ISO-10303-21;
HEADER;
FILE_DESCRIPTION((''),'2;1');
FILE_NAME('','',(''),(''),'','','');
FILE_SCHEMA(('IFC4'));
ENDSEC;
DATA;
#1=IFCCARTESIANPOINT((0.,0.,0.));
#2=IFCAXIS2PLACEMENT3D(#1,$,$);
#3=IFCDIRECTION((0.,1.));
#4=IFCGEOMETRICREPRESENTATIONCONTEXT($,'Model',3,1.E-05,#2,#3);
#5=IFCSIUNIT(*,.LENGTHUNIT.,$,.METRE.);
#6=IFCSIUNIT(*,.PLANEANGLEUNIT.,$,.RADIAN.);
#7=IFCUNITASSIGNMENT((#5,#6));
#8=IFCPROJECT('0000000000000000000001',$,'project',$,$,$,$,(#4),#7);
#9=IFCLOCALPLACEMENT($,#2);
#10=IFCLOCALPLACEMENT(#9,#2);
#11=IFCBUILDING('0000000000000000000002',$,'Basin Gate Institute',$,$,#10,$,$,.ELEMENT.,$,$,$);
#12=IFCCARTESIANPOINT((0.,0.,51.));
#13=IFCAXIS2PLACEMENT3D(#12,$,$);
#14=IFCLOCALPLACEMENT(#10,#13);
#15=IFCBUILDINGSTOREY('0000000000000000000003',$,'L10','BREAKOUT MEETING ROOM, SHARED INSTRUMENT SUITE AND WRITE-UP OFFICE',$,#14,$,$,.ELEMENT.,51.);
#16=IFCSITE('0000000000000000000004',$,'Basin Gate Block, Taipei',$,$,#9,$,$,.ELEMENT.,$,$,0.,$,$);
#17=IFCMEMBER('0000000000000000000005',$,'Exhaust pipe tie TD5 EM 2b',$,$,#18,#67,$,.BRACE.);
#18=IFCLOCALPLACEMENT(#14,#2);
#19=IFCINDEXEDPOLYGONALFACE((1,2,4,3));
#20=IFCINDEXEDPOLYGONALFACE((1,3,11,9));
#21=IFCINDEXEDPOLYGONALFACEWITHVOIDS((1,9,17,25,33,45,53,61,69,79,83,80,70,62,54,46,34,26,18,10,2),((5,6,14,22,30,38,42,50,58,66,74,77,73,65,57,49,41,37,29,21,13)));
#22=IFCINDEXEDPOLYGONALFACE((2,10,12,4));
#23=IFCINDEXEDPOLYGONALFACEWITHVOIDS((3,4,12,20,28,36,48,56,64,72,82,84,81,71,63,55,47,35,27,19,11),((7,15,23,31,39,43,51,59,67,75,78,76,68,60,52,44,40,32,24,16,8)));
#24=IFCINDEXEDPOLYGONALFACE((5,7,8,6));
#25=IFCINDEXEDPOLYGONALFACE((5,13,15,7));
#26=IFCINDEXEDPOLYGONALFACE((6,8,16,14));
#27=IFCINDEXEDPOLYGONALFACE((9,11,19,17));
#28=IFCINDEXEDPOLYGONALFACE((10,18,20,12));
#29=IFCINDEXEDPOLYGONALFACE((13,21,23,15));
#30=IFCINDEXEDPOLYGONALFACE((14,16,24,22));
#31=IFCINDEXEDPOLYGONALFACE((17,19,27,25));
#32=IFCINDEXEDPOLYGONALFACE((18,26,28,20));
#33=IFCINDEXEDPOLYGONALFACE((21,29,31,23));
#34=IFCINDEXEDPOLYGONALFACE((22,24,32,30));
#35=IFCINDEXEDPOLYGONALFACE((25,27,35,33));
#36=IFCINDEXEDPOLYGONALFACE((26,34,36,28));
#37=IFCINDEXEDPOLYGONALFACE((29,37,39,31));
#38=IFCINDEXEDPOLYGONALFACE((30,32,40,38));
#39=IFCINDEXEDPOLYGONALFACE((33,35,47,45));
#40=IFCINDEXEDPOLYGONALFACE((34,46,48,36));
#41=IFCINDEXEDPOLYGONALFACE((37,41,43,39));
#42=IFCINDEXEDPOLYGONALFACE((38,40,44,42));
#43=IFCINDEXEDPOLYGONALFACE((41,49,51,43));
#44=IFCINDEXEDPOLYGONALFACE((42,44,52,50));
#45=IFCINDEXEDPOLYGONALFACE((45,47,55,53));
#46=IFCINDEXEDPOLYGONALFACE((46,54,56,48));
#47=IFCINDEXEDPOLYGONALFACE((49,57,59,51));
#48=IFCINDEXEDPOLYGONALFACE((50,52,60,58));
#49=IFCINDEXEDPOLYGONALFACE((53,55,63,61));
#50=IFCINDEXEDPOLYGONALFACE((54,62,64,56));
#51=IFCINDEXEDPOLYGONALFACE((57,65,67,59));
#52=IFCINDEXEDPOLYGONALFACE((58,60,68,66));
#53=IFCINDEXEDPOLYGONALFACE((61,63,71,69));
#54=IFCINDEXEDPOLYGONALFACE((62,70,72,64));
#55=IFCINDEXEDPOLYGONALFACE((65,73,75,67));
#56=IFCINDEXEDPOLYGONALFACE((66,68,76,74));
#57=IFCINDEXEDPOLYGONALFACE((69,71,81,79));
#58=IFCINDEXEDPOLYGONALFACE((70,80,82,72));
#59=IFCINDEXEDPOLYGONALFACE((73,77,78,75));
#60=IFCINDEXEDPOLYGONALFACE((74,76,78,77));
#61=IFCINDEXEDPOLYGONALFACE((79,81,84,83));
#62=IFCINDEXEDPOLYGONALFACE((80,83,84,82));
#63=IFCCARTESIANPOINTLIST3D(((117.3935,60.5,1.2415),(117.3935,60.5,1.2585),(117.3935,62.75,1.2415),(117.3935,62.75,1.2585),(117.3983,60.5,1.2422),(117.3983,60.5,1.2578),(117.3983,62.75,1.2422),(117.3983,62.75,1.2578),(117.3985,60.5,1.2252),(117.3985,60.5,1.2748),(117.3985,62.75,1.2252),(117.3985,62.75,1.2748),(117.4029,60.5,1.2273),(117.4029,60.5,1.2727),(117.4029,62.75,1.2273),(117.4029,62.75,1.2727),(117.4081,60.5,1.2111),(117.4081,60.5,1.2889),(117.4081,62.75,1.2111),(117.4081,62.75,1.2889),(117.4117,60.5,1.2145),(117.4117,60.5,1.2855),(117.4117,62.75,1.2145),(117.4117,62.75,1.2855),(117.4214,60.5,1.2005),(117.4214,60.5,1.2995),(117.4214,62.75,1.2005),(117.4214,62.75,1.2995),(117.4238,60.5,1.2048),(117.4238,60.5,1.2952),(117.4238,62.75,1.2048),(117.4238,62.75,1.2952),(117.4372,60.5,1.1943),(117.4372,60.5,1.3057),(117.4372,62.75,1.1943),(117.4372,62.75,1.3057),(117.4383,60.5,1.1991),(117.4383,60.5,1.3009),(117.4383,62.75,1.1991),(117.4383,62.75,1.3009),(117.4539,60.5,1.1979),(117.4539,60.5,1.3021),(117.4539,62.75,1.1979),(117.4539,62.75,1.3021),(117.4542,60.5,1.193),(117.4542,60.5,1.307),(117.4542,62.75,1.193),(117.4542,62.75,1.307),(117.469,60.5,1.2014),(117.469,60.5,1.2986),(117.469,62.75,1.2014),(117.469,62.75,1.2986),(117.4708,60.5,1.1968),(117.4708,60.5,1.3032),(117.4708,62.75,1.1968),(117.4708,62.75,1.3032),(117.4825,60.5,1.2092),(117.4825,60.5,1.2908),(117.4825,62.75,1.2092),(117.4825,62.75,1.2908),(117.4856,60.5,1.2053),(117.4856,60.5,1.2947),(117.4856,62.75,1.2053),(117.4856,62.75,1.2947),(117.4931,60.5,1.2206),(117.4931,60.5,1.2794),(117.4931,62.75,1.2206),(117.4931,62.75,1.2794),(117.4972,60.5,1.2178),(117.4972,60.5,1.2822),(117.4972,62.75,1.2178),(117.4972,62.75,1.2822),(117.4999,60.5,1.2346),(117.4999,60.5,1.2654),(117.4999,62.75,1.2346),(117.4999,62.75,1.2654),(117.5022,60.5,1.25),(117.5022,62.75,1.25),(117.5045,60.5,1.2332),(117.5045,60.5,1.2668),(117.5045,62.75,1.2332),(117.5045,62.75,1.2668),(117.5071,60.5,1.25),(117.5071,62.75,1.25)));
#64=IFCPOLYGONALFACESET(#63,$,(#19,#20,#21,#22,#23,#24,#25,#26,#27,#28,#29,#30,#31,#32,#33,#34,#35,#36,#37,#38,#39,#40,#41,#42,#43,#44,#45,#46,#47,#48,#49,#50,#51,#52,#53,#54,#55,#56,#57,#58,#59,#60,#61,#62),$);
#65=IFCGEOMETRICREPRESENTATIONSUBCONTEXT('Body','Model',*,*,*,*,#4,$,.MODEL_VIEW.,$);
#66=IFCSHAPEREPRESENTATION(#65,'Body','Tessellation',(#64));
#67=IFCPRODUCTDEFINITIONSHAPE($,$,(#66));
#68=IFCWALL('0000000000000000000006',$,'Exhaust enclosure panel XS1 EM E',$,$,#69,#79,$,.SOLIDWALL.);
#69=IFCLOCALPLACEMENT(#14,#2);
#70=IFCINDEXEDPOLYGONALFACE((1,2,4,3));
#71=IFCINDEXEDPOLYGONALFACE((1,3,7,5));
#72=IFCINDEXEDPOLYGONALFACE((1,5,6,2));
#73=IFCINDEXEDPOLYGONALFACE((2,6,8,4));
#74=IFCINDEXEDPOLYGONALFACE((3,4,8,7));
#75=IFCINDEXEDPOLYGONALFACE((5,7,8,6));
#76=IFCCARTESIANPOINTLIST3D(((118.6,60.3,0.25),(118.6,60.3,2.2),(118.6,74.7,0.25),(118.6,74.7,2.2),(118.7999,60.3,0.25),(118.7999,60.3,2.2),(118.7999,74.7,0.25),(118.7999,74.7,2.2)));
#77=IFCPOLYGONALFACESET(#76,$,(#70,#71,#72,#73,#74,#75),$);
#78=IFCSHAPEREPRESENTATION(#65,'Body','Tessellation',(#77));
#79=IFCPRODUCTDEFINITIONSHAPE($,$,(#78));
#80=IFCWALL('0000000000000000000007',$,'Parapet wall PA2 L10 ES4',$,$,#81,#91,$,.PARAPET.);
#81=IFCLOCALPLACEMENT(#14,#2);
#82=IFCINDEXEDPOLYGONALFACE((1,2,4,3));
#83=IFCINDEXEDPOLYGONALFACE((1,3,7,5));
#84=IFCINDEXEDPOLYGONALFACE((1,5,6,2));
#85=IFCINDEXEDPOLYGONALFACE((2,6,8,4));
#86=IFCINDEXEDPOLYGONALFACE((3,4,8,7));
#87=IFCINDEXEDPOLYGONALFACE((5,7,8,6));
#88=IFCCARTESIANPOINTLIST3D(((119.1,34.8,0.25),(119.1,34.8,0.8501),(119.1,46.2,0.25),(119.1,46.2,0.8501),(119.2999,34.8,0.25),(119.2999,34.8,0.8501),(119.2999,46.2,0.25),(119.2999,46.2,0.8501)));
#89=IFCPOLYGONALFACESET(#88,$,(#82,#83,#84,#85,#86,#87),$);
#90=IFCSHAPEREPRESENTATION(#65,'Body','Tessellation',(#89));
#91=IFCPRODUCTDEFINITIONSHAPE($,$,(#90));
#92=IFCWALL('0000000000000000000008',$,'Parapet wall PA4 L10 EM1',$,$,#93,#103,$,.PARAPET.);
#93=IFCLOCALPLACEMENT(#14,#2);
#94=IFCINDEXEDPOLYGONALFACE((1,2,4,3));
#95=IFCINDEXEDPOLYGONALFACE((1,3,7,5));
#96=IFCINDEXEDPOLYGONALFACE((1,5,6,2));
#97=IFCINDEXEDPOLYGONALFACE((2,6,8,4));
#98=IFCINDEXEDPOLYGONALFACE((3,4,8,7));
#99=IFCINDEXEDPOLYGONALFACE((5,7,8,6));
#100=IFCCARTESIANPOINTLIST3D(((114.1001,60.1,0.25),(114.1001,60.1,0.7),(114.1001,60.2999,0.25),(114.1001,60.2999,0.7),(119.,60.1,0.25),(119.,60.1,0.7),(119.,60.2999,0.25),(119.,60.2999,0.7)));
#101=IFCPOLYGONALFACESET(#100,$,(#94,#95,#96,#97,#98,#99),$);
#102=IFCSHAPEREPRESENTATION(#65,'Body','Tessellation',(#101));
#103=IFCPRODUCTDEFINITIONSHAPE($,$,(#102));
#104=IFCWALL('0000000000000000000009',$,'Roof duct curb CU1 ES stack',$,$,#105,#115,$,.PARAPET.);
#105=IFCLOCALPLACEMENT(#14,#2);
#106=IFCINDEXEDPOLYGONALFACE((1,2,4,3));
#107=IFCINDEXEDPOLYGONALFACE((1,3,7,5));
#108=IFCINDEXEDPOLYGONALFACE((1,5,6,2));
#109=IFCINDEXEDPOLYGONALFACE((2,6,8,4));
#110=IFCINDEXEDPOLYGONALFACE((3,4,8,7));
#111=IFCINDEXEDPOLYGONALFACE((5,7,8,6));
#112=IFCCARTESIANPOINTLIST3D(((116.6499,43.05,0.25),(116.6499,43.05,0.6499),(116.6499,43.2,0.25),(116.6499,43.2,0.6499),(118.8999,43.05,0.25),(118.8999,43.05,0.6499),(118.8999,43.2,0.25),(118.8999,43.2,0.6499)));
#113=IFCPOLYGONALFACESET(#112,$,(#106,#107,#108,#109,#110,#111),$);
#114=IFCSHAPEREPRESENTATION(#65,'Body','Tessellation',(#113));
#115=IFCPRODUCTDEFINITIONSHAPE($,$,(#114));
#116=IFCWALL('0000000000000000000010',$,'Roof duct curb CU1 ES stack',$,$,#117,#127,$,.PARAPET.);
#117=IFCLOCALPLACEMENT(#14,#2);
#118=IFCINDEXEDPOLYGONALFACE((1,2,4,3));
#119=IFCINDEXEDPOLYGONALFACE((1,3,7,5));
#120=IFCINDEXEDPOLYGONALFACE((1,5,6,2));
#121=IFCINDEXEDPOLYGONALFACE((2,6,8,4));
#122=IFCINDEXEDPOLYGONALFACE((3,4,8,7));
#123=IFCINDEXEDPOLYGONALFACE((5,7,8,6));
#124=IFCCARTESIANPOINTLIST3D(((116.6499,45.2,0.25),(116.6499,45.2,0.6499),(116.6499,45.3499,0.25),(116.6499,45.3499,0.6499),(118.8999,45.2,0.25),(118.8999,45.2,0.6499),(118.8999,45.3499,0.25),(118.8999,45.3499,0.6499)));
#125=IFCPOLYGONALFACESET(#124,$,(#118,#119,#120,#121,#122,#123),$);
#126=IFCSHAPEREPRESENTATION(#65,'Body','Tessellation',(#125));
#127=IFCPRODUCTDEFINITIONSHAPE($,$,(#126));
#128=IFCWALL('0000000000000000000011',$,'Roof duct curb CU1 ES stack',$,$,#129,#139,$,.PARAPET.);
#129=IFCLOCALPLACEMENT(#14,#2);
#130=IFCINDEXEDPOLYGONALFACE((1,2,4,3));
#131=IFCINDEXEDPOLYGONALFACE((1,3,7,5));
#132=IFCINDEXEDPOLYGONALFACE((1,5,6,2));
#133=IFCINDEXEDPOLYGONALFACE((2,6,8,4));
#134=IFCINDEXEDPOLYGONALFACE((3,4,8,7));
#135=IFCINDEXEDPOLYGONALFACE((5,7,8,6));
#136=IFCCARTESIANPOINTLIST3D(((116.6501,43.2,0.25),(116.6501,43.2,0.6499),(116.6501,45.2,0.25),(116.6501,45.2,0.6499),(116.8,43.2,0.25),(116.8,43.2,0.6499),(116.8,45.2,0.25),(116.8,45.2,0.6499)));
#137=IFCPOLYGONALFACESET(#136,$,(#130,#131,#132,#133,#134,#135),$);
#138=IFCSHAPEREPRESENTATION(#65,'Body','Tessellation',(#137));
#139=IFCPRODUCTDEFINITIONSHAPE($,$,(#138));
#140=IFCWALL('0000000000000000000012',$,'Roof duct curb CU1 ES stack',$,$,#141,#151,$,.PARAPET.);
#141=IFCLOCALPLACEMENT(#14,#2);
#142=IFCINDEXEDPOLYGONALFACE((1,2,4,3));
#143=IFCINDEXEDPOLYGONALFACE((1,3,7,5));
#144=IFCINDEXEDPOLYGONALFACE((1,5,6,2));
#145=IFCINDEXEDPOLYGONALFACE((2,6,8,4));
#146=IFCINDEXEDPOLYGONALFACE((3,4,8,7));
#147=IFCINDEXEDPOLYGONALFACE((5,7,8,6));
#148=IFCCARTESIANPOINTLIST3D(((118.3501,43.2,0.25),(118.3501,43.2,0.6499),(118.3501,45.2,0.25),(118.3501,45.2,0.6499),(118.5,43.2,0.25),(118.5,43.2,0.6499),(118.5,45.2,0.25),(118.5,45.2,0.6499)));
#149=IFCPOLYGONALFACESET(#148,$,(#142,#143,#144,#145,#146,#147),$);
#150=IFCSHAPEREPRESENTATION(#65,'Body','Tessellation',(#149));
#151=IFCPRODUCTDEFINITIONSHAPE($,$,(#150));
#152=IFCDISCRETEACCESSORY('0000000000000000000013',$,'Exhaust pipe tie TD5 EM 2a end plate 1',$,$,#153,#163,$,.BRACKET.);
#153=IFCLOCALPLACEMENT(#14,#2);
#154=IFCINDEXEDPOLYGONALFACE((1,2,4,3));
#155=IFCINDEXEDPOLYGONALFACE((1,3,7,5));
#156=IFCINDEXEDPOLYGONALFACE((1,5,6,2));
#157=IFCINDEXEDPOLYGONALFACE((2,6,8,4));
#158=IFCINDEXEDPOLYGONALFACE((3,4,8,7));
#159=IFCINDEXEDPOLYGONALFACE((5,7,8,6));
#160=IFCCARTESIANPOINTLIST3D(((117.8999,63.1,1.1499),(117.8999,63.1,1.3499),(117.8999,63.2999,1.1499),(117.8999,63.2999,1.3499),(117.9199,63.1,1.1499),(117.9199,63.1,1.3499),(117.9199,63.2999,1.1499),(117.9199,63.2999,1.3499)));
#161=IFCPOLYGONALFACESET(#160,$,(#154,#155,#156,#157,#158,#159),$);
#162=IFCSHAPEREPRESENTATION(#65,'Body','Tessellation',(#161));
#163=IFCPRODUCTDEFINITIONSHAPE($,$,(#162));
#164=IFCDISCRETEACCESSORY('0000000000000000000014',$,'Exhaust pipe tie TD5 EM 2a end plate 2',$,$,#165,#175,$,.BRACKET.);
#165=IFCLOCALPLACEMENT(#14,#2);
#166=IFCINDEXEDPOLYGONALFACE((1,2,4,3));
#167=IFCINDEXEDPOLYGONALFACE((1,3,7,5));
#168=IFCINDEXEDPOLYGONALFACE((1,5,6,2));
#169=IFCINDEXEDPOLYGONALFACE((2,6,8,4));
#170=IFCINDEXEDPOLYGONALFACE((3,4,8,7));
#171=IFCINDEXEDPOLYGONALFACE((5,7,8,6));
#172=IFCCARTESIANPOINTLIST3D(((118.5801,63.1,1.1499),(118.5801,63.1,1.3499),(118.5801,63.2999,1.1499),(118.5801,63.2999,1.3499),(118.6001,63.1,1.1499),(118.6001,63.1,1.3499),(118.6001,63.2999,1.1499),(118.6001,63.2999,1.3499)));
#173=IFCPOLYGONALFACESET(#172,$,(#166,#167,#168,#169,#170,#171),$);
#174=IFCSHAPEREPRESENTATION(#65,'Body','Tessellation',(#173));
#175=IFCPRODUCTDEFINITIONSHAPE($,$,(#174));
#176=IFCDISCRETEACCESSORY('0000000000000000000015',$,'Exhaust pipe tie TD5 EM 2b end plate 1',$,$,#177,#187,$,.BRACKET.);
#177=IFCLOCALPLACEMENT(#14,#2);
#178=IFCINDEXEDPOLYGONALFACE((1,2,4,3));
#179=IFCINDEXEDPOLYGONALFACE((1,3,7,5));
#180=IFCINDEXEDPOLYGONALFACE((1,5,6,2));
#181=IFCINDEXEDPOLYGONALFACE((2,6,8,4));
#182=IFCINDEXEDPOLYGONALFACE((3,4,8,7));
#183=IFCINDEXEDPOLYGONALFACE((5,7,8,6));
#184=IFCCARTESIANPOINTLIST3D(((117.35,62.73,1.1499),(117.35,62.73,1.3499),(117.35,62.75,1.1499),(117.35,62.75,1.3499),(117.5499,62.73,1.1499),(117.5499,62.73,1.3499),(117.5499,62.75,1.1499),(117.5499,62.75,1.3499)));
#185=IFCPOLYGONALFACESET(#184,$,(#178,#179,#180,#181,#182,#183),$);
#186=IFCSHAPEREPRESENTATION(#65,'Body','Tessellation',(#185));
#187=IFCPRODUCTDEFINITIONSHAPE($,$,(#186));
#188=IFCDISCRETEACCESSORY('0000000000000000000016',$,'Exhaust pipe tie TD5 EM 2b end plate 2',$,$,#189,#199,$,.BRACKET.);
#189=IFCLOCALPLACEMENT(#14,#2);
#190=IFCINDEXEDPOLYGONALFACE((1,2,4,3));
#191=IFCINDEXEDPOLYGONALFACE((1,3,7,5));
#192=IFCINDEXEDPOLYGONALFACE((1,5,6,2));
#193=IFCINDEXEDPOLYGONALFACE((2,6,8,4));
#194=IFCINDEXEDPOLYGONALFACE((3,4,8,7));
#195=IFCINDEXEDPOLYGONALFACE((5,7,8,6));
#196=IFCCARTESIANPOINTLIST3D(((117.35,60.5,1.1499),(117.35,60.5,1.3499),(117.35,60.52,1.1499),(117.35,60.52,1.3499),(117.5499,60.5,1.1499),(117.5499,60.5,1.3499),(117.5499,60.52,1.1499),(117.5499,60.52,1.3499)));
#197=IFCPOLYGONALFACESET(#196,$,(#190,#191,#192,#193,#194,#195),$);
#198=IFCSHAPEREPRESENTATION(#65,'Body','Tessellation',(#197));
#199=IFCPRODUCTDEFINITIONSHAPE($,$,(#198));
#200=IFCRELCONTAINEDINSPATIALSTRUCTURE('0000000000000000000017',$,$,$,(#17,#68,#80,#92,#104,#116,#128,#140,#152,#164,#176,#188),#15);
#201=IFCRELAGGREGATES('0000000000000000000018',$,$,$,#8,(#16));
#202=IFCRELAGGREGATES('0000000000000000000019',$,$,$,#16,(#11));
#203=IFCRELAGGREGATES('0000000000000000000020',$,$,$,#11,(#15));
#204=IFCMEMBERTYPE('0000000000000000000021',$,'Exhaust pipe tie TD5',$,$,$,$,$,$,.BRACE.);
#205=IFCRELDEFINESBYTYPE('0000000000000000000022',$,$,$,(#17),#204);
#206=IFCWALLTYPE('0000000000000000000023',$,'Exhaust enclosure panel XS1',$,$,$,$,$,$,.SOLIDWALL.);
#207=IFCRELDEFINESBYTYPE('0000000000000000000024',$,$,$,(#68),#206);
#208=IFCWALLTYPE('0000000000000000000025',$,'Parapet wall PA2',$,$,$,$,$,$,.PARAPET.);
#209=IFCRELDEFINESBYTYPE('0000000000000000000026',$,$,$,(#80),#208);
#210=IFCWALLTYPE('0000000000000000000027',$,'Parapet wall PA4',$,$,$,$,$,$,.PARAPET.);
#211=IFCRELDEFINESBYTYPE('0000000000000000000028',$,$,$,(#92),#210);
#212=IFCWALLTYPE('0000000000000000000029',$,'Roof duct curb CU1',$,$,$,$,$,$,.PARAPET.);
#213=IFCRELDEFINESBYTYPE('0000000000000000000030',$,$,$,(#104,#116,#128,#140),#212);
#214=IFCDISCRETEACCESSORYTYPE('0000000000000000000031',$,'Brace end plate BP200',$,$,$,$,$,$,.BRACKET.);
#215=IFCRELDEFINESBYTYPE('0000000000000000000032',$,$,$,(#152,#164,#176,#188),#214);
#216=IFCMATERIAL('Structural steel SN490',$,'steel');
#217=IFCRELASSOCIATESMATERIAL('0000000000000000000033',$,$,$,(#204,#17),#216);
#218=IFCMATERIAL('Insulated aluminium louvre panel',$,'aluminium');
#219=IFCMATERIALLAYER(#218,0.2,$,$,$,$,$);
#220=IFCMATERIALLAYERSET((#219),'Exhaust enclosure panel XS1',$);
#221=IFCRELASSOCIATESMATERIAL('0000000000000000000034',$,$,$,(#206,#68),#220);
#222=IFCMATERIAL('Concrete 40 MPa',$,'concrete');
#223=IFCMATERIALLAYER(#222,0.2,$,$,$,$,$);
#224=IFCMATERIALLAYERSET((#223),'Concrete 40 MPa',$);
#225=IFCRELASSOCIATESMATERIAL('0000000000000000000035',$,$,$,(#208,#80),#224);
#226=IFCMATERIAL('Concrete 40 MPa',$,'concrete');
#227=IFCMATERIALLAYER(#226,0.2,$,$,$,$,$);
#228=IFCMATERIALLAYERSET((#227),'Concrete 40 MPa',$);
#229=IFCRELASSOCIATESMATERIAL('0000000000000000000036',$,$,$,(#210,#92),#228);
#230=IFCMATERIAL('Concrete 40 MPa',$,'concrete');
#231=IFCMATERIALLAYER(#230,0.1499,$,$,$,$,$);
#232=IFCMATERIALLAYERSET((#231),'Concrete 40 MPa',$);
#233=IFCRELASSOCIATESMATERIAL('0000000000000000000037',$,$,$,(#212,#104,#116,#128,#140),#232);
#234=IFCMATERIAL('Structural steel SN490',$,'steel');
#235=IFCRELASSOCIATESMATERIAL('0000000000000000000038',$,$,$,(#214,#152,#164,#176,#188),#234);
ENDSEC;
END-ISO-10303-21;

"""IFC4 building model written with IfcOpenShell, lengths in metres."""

from ifc_helpers import new_model, si_unit, direction, frame, frame_2d, origin, origin_2d, place, context, subcontext, project, spatial, rectangle, hollow_circle, extrude, material, layer, layer_set, material_profile, profile_set, type_object, element, save


model = new_model("IFC4")

# Units and contexts
model_context = context("Model", 3, precision=1e-05, world=origin(), true_north=direction((0.0, 1.0)))
body_context = subcontext(model_context, "Body", "Model", "MODEL_VIEW")
ifc_project = project(units=[si_unit("LENGTHUNIT", "METRE"), si_unit("PLANEANGLEUNIT", "RADIAN")], contexts=[model_context])

# Site, building, storey
site_placement = place(None, origin())
site = spatial("IfcSite", under=ifc_project, at=site_placement, Name="Basin Gate Block, Taipei", CompositionType="ELEMENT", RefElevation=0.0)
building_placement = place(site_placement, origin())
building = spatial("IfcBuilding", under=site, at=building_placement, Name="Basin Gate Institute", CompositionType="ELEMENT")
storey_placement = place(building_placement, frame((0.0, 0.0, 51.0)))
storey = spatial("IfcBuildingStorey", under=building, at=storey_placement, Name="L10", Description="BREAKOUT MEETING ROOM, SHARED INSTRUMENT SUITE AND WRITE-UP OFFICE", CompositionType="ELEMENT", Elevation=51.0)

# Member
ifc_material_1 = material(Name="Structural steel SN490", Category="steel")
ifc_material_profile_1 = material_profile(ifc_material_1, hollow_circle(Radius=0.0571, WallThickness=0.0049, at=origin_2d()), Name="CHS114x5")
ifc_profile_set_1 = profile_set([ifc_material_profile_1], Name="Structural steel SN490")
member_type_1 = type_object("IfcMemberType", Name="Exhaust pipe tie TD5", PredefinedType="BRACE", material=ifc_profile_set_1)
member_1_placement = place(storey_placement, frame((117.45, 62.75, 1.25), z_axis=(0.0, -1.0, 0.0), x_axis=(1.0, 0.0, 0.0)))
element("IfcMember", 1, at=member_1_placement, inside=storey, type_object=member_type_1, material=ifc_profile_set_1, Name="Exhaust pipe tie TD5 EM 2b", PredefinedType="BRACE", context=body_context, shape_type="SweptSolid", body=[
    extrude(hollow_circle(Radius=0.0571, WallThickness=0.0049, at=origin_2d()), origin(), (0.0, 0.0, 1.0), 2.25),
])

# Walls
ifc_material_2 = material(Name="Insulated aluminium louvre panel", Category="aluminium")
ifc_layer_1 = layer(ifc_material_2, 0.2)
ifc_layer_set_1 = layer_set([ifc_layer_1], Name="Exhaust enclosure panel XS1")
wall_type_1 = type_object("IfcWallType", Name="Exhaust enclosure panel XS1", PredefinedType="SOLIDWALL", material=ifc_layer_set_1)
wall_1_placement = place(storey_placement, frame((118.7, 60.3, 0.25), z_axis=(0.0, 0.0, 1.0), x_axis=(0.0, 1.0, 0.0)))
element("IfcWall", 2, at=wall_1_placement, inside=storey, type_object=wall_type_1, material=ifc_layer_set_1, Name="Exhaust enclosure panel XS1 EM E", PredefinedType="SOLIDWALL", context=body_context, shape_type="SweptSolid", body=[
    extrude(rectangle(XDim=14.3999, YDim=0.2, at=frame_2d((7.2, 0.0))), origin(), (0.0, 0.0, 1.0), 1.95),
])
ifc_material_3 = material(Name="Concrete 40 MPa", Category="concrete")
ifc_layer_2 = layer(ifc_material_3, 0.2)
ifc_layer_set_2 = layer_set([ifc_layer_2], Name="Concrete 40 MPa")
wall_type_2 = type_object("IfcWallType", Name="Parapet wall PA2", PredefinedType="PARAPET", material=ifc_layer_set_2)
wall_2_placement = place(storey_placement, frame((119.2, 46.2, 0.25), z_axis=(0.0, 0.0, 1.0), x_axis=(0.0, -1.0, 0.0)))
element("IfcWall", 3, at=wall_2_placement, inside=storey, type_object=wall_type_2, material=ifc_layer_set_2, Name="Parapet wall PA2 L10 ES4", PredefinedType="PARAPET", context=body_context, shape_type="SweptSolid", body=[
    extrude(rectangle(XDim=11.3999, YDim=0.2, at=frame_2d((5.7, 0.0))), origin(), (0.0, 0.0, 1.0), 0.6001),
])
ifc_material_4 = material(Name="Concrete 40 MPa", Category="concrete")
ifc_layer_3 = layer(ifc_material_4, 0.2)
ifc_layer_set_3 = layer_set([ifc_layer_3], Name="Concrete 40 MPa")
wall_type_3 = type_object("IfcWallType", Name="Parapet wall PA4", PredefinedType="PARAPET", material=ifc_layer_set_3)
wall_3_placement = place(storey_placement, frame((119.0, 60.2, 0.25), z_axis=(0.0, 0.0, 1.0), x_axis=(-1.0, 0.0, 0.0)))
element("IfcWall", 4, at=wall_3_placement, inside=storey, type_object=wall_type_3, material=ifc_layer_set_3, Name="Parapet wall PA4 L10 EM1", PredefinedType="PARAPET", context=body_context, shape_type="SweptSolid", body=[
    extrude(rectangle(XDim=4.8999, YDim=0.2, at=frame_2d((2.45, 0.0))), origin(), (0.0, 0.0, 1.0), 0.45),
])
ifc_material_5 = material(Name="Concrete 40 MPa", Category="concrete")
ifc_layer_4 = layer(ifc_material_5, 0.1499)
ifc_layer_set_4 = layer_set([ifc_layer_4], Name="Concrete 40 MPa")
wall_type_4 = type_object("IfcWallType", Name="Roof duct curb CU1", PredefinedType="PARAPET", material=ifc_layer_set_4)
for number, where, z_axis, x_axis, name in (
    (5, (116.6499, 43.125, 0.25), (0.0, 0.0, 1.0), (1.0, 0.0, 0.0), "Roof duct curb CU1 ES stack"),
    (6, (116.6499, 45.2749, 0.25), (0.0, 0.0, 1.0), (1.0, 0.0, 0.0), "Roof duct curb CU1 ES stack"),
):
    element("IfcWall", number, at=place(storey_placement, frame(where, z_axis=z_axis, x_axis=x_axis)), inside=storey, type_object=wall_type_4, material=ifc_layer_set_4, Name=name, PredefinedType="PARAPET", context=body_context, shape_type="SweptSolid", body=[
        extrude(rectangle(XDim=2.25, YDim=0.1499, at=frame_2d((1.125, 0.0))), origin(), (0.0, 0.0, 1.0), 0.3999),
    ])
for number, where, z_axis, x_axis, name in (
    (7, (116.7251, 43.2, 0.25), (0.0, 0.0, 1.0), (0.0, 1.0, 0.0), "Roof duct curb CU1 ES stack"),
    (8, (118.425, 43.2, 0.25), (0.0, 0.0, 1.0), (0.0, 1.0, 0.0), "Roof duct curb CU1 ES stack"),
):
    element("IfcWall", number, at=place(storey_placement, frame(where, z_axis=z_axis, x_axis=x_axis)), inside=storey, type_object=wall_type_4, material=ifc_layer_set_4, Name=name, PredefinedType="PARAPET", context=body_context, shape_type="SweptSolid", body=[
        extrude(rectangle(XDim=2.0, YDim=0.1499, at=frame_2d((1.0, 0.0))), origin(), (0.0, 0.0, 1.0), 0.3999),
    ])

# Discrete accessories
ifc_material_6 = material(Name="Structural steel SN490", Category="steel")
discrete_accessory_type = type_object("IfcDiscreteAccessoryType", Name="Brace end plate BP200", PredefinedType="BRACKET", material=ifc_material_6)
for number, where, z_axis, x_axis, name in (
    (9, (117.9099, 63.2, 1.1499), (0.0, 0.0, 1.0), (1.0, 0.0, 0.0), "Exhaust pipe tie TD5 EM 2a end plate 1"),
    (10, (118.5901, 63.2, 1.1499), (0.0, 0.0, 1.0), (1.0, 0.0, 0.0), "Exhaust pipe tie TD5 EM 2a end plate 2"),
):
    element("IfcDiscreteAccessory", number, at=place(storey_placement, frame(where, z_axis=z_axis, x_axis=x_axis)), inside=storey, type_object=discrete_accessory_type, material=ifc_material_6, Name=name, PredefinedType="BRACKET", context=body_context, shape_type="SweptSolid", body=[
        extrude(rectangle(XDim=0.02, YDim=0.2, at=origin_2d()), origin(), (0.0, 0.0, 1.0), 0.2),
    ])
for number, where, z_axis, x_axis, name in (
    (11, (117.45, 62.74, 1.1499), (0.0, 0.0, 1.0), (1.0, 0.0, 0.0), "Exhaust pipe tie TD5 EM 2b end plate 1"),
    (12, (117.45, 60.51, 1.1499), (0.0, 0.0, 1.0), (1.0, 0.0, 0.0), "Exhaust pipe tie TD5 EM 2b end plate 2"),
):
    element("IfcDiscreteAccessory", number, at=place(storey_placement, frame(where, z_axis=z_axis, x_axis=x_axis)), inside=storey, type_object=discrete_accessory_type, material=ifc_material_6, Name=name, PredefinedType="BRACKET", context=body_context, shape_type="SweptSolid", body=[
        extrude(rectangle(XDim=0.2, YDim=0.02, at=origin_2d()), origin(), (0.0, 0.0, 1.0), 0.2),
    ])

save(model, "model.ifc")
